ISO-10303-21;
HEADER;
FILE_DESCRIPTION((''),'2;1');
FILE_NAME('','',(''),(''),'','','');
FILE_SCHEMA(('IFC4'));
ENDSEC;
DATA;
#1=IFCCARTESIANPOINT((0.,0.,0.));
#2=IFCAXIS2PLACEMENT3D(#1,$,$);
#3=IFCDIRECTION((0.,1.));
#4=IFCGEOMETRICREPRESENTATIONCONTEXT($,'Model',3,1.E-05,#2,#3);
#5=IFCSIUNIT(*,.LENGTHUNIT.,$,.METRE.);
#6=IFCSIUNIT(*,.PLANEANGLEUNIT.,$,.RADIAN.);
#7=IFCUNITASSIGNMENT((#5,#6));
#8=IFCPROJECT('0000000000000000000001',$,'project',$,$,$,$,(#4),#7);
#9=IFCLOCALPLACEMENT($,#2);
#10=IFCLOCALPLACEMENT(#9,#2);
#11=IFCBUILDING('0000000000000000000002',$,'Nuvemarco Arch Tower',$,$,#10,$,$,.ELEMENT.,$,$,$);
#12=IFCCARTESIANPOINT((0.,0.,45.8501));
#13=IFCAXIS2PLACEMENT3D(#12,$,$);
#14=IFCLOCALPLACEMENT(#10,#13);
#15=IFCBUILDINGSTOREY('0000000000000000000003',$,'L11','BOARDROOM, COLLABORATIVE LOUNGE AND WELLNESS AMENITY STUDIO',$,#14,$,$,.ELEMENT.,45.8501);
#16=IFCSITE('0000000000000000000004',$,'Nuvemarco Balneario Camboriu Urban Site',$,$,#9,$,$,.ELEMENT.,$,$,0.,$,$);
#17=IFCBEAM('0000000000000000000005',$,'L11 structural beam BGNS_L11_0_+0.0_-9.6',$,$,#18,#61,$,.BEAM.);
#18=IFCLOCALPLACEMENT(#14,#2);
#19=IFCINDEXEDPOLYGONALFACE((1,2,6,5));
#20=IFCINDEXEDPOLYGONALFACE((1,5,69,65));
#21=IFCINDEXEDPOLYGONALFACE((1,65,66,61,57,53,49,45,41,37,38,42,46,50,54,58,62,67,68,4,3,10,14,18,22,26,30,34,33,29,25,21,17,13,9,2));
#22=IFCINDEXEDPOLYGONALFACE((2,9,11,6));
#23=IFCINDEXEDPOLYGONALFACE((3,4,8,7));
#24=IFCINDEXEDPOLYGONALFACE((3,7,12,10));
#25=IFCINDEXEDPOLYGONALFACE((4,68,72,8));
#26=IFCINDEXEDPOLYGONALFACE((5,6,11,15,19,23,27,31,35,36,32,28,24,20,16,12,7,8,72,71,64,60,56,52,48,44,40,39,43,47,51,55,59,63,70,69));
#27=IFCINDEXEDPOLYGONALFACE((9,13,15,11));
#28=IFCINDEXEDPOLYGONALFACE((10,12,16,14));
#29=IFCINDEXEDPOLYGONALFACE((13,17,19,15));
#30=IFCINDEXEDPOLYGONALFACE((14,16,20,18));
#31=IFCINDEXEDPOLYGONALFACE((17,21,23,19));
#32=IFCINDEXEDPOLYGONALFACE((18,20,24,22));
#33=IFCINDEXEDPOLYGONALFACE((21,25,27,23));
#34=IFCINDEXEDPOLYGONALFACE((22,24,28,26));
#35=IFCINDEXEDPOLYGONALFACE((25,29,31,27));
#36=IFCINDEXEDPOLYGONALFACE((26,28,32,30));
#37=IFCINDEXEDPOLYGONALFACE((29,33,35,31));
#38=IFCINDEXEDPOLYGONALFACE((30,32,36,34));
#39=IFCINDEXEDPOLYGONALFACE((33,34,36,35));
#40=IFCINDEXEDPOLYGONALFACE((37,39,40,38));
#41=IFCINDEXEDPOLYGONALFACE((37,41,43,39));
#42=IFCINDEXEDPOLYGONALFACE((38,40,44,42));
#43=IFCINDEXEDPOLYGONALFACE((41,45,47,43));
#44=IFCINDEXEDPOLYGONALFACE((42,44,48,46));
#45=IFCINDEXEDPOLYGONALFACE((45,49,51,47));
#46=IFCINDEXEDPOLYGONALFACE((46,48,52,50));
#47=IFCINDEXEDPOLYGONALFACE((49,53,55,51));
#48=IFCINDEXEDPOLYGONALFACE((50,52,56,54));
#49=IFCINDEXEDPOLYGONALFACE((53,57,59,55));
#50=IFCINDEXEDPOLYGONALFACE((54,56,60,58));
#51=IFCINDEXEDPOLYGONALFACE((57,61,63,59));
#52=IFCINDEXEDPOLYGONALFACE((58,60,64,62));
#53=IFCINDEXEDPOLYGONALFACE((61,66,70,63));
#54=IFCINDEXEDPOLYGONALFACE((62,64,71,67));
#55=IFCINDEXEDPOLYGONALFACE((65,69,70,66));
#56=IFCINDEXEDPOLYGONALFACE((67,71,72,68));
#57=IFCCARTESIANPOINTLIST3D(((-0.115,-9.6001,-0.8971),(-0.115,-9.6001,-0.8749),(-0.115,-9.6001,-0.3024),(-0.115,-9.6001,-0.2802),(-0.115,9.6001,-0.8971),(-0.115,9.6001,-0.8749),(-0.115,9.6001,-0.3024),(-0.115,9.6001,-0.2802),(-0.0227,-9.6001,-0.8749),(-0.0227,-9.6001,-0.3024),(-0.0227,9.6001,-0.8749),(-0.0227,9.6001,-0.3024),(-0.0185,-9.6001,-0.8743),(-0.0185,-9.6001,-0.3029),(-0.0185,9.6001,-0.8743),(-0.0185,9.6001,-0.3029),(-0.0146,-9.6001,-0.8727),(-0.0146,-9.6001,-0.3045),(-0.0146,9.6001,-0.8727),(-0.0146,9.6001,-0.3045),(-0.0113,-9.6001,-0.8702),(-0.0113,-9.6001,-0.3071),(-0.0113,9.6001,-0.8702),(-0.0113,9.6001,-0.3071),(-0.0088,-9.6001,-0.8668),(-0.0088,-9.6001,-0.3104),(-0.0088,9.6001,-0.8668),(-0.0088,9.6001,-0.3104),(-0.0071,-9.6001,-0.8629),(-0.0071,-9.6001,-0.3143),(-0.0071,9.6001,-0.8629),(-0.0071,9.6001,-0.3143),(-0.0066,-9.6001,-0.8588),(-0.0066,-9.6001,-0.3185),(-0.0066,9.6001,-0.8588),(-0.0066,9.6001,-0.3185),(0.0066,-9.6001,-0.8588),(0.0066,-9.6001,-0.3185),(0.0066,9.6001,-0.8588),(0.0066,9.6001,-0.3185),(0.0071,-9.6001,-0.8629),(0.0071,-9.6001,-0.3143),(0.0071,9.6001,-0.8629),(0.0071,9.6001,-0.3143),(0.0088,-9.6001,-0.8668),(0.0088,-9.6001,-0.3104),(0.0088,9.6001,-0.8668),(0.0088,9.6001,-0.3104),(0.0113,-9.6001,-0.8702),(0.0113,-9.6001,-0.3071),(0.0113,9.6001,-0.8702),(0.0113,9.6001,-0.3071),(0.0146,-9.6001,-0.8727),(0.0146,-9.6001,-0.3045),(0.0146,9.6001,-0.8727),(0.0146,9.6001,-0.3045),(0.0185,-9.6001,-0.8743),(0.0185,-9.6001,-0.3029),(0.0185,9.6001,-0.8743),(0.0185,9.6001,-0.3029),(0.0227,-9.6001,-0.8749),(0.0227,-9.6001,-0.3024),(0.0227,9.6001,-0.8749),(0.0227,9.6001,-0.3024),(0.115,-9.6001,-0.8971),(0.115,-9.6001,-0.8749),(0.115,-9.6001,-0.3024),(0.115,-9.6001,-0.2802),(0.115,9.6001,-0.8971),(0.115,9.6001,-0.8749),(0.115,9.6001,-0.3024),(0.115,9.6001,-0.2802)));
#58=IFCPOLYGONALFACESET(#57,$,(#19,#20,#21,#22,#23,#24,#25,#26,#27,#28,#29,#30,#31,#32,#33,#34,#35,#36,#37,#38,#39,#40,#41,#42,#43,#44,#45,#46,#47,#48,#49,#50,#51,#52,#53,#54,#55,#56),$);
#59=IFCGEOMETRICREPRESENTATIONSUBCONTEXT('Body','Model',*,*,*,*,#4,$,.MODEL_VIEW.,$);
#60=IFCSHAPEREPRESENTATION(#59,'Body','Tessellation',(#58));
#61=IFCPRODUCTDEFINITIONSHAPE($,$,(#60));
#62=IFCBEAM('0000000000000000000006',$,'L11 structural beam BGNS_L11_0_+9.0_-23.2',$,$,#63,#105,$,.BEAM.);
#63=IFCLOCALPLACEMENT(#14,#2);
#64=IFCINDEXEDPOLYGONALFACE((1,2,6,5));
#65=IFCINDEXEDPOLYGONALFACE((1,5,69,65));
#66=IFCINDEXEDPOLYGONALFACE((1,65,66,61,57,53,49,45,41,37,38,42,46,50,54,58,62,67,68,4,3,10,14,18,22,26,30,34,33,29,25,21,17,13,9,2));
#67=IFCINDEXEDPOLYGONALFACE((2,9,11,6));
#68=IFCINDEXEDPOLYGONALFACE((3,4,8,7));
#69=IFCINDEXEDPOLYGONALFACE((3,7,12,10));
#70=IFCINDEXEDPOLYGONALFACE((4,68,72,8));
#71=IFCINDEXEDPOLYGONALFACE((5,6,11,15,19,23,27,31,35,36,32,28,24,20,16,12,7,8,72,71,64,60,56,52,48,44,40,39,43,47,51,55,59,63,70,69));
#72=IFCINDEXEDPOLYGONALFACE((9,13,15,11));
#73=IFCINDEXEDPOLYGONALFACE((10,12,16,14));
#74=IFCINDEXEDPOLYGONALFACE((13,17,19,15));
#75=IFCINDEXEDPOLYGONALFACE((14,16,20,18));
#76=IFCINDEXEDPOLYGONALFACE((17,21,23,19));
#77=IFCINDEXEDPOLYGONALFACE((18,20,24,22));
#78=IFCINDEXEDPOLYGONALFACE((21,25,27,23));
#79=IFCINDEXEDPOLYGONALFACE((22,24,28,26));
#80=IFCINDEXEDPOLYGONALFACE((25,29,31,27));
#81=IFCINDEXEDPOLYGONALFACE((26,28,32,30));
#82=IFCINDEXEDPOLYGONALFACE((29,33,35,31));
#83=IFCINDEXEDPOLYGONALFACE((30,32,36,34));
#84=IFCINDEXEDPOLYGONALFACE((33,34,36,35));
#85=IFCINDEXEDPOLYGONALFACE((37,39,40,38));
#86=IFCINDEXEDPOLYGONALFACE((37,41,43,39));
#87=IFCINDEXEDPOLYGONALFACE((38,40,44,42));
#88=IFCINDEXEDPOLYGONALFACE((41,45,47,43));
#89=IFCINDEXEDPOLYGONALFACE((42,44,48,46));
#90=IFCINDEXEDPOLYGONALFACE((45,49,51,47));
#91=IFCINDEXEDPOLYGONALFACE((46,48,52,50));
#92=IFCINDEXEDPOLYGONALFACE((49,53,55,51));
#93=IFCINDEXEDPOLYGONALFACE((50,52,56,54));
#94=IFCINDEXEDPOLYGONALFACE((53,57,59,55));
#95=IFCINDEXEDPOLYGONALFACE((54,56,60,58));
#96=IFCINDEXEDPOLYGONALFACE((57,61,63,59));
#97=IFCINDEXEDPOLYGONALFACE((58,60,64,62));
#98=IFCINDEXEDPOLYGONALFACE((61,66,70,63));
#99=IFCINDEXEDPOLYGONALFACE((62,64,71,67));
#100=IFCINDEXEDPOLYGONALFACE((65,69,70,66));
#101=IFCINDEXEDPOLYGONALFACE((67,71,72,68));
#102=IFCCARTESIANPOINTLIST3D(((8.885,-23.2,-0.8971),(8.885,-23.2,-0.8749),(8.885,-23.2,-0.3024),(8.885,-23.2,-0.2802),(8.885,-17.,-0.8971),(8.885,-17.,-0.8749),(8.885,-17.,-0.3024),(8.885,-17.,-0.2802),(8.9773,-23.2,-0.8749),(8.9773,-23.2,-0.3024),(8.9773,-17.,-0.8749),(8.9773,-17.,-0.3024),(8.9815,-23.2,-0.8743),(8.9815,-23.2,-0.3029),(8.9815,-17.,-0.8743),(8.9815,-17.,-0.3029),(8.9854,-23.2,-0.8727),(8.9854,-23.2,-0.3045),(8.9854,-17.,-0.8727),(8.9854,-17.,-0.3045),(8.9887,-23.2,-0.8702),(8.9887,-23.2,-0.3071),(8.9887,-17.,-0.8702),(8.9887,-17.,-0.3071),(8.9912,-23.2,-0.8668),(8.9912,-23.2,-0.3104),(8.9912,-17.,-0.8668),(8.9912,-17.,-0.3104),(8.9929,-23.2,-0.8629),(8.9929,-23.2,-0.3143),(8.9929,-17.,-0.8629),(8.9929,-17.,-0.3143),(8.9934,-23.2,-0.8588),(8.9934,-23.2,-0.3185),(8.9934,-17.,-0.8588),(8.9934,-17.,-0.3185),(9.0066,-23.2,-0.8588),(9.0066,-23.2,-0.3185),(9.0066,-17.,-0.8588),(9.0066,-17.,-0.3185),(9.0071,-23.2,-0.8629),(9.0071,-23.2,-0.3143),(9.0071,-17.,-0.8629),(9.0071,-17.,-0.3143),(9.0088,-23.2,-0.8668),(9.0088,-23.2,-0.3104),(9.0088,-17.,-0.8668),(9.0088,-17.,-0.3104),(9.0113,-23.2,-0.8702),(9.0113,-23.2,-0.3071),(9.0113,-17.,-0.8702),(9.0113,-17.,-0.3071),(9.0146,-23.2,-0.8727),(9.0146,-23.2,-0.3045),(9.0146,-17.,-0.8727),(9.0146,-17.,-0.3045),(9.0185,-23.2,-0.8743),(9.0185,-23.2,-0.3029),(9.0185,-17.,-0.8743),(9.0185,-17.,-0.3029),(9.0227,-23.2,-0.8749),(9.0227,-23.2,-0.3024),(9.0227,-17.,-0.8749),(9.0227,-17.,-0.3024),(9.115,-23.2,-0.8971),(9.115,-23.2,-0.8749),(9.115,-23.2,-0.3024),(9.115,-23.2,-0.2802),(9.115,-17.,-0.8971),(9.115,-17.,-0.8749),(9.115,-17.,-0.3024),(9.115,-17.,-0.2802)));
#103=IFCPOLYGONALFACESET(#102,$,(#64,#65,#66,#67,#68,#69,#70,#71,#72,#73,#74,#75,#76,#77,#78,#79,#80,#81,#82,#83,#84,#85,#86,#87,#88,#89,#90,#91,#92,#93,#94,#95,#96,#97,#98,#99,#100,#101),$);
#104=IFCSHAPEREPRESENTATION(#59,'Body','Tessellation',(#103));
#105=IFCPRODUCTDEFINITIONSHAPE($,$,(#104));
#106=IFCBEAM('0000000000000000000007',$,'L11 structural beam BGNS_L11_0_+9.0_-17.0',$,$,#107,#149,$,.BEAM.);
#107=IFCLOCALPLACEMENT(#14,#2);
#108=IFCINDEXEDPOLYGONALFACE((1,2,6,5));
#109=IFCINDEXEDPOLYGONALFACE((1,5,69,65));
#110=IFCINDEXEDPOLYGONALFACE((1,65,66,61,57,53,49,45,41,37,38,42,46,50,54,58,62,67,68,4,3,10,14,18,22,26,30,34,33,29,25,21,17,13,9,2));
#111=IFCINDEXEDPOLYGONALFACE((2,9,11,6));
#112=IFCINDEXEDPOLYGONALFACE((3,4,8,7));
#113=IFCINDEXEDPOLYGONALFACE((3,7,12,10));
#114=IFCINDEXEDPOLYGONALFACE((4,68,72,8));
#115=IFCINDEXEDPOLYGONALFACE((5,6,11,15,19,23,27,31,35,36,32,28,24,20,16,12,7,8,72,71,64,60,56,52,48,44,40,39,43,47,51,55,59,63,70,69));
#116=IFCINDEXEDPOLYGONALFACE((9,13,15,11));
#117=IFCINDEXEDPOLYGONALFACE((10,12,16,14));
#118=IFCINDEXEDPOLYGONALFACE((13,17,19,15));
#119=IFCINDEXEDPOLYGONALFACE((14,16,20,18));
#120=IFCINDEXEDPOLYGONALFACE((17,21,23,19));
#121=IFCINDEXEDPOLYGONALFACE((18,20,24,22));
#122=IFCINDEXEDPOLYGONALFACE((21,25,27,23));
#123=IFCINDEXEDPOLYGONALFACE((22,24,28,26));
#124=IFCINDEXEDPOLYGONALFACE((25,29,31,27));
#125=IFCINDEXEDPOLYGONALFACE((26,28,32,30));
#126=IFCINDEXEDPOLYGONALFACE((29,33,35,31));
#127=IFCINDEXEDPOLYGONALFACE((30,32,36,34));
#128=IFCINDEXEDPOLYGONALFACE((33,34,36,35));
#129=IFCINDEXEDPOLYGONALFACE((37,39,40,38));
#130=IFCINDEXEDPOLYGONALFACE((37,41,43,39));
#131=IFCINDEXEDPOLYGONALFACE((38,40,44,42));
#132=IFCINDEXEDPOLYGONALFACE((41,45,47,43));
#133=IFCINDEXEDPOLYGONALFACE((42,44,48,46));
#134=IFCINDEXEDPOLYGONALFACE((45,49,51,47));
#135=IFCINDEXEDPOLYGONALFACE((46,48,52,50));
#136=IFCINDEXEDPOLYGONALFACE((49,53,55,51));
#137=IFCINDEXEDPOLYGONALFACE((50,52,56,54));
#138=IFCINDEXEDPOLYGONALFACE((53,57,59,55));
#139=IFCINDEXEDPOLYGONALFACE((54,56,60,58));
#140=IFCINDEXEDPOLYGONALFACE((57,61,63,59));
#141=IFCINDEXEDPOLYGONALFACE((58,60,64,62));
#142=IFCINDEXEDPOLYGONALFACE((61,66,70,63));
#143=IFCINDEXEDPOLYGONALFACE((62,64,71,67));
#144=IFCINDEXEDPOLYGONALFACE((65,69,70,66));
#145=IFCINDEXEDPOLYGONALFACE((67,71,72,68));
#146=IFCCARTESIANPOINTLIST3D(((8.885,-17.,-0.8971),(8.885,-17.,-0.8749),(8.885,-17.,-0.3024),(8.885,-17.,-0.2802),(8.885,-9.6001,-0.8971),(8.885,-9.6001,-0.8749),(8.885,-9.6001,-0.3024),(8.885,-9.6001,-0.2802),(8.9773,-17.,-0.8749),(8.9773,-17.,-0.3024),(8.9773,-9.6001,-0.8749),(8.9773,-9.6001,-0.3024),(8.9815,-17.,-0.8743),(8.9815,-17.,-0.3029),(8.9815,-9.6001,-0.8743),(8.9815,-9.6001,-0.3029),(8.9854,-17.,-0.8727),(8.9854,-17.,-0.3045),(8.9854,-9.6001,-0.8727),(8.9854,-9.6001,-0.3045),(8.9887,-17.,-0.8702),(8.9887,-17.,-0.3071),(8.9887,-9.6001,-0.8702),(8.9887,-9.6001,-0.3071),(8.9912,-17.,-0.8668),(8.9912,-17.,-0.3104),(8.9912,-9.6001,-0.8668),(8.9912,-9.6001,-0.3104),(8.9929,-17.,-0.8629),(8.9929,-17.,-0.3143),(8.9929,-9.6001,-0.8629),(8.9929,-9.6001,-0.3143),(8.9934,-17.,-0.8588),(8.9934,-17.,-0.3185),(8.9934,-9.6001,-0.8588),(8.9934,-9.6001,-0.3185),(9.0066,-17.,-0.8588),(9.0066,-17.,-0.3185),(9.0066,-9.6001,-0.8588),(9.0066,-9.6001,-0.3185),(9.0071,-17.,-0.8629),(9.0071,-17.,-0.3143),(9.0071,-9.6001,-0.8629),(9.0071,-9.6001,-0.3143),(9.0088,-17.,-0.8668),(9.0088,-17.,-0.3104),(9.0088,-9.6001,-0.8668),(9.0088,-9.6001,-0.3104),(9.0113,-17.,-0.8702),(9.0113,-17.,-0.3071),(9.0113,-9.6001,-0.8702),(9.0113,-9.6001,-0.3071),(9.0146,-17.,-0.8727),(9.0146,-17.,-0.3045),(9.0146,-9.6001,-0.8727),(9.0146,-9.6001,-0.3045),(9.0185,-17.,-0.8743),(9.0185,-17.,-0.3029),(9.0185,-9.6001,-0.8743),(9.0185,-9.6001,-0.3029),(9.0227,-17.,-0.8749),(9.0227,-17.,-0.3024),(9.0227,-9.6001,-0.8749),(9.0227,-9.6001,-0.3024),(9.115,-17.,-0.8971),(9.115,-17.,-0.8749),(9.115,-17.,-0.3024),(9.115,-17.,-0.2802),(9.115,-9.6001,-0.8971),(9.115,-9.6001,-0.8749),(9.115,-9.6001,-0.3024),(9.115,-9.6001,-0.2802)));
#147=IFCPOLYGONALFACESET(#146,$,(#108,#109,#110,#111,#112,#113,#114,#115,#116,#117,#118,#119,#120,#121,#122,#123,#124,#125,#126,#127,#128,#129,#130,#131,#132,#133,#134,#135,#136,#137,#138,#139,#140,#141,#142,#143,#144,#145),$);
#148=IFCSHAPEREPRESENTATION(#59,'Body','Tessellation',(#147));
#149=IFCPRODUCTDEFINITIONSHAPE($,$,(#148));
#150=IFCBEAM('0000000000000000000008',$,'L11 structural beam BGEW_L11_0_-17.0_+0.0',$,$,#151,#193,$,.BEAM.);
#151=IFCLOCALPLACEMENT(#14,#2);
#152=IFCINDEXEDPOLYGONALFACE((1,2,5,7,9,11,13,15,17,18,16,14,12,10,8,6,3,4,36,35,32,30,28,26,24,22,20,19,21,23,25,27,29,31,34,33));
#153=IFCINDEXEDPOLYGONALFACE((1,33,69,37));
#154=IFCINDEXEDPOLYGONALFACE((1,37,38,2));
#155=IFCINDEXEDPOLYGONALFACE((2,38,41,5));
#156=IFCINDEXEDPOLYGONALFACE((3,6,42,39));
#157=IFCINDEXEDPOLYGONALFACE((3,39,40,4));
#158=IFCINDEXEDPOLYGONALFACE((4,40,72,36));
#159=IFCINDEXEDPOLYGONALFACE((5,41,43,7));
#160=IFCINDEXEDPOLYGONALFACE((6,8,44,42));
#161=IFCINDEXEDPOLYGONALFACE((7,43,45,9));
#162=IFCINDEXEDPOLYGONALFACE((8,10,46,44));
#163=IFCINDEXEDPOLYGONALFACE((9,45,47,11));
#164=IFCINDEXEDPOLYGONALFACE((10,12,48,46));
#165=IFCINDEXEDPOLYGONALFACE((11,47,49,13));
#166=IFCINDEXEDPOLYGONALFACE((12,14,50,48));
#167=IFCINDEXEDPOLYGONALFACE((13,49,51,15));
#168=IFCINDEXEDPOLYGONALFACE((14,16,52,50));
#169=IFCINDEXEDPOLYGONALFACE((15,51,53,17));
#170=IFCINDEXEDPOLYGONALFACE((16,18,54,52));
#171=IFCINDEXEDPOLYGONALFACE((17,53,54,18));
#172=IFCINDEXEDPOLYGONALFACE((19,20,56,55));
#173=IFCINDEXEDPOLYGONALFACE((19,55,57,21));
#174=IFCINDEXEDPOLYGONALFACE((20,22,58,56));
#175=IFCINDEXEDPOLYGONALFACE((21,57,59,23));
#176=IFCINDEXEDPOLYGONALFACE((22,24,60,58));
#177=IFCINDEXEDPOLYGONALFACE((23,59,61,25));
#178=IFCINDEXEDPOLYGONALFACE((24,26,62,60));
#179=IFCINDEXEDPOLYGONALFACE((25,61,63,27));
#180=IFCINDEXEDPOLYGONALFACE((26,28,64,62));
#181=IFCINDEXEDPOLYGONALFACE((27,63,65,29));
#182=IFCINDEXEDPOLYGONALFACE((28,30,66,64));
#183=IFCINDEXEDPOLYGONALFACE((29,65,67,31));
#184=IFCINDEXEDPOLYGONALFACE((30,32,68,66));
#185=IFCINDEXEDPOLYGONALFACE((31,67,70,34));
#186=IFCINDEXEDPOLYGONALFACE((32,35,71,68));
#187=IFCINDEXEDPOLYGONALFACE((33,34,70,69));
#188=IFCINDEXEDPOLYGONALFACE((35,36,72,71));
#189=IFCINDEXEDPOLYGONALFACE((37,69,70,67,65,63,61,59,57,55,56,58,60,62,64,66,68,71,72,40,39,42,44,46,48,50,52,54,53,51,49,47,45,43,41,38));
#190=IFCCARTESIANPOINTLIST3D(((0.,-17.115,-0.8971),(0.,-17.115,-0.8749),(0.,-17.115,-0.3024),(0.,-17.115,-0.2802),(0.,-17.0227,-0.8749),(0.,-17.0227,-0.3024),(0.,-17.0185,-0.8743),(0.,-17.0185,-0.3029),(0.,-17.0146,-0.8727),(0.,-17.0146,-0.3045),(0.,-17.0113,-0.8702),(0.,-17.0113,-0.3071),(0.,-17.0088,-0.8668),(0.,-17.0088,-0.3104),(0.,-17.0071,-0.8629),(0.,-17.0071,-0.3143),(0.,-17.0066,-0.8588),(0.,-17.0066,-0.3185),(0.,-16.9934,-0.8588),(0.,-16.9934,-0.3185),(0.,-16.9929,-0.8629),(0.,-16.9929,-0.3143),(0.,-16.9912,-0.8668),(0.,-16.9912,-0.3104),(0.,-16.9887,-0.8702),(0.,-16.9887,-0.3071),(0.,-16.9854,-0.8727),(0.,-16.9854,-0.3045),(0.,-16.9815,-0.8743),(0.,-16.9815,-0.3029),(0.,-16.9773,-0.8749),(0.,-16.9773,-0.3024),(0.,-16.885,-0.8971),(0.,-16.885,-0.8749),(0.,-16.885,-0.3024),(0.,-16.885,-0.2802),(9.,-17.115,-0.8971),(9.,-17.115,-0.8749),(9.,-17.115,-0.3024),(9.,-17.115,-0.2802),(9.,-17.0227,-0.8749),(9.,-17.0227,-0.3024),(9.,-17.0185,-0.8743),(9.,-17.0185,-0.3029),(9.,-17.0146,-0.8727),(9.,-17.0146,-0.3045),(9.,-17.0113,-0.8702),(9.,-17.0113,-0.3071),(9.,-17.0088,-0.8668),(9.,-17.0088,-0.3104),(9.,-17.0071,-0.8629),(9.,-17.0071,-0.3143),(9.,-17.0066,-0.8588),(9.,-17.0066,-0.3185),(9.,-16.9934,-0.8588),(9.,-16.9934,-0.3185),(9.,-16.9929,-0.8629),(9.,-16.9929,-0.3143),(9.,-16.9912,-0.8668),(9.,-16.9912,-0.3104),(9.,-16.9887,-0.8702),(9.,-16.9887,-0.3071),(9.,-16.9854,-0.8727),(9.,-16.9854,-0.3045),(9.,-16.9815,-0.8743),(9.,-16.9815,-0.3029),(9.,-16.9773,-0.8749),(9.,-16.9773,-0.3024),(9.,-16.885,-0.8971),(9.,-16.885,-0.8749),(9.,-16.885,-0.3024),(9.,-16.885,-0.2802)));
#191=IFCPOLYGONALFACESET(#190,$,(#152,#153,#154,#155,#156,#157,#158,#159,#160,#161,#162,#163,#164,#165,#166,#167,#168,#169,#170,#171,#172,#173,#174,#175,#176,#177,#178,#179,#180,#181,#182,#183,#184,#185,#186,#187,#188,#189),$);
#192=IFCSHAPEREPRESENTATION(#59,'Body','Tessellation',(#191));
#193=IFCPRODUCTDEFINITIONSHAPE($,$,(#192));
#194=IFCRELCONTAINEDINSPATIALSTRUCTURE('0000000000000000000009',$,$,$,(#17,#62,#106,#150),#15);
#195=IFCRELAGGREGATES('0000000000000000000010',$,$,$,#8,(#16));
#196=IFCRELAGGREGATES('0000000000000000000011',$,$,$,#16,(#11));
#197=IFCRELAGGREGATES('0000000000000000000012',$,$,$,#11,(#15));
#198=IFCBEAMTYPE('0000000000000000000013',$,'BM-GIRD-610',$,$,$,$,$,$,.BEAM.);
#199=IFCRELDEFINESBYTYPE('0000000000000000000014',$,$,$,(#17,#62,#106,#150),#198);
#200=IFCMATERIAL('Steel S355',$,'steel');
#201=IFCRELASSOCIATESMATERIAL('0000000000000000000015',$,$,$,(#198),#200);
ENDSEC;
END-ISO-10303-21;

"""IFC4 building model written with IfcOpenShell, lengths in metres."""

from ifc_helpers import new_model, si_unit, direction, frame, origin, origin_2d, place, context, subcontext, project, spatial, i_section, extrude, material, material_profile, profile_set, type_object, element, save


model = new_model("IFC4")

# Units and contexts
model_context = context("Model", 3, precision=1e-05, world=origin(), true_north=direction((0.0, 1.0)))
body_context = subcontext(model_context, "Body", "Model", "MODEL_VIEW")
ifc_project = project(units=[si_unit("LENGTHUNIT", "METRE"), si_unit("PLANEANGLEUNIT", "RADIAN")], contexts=[model_context])

# Site, building, storey
site_placement = place(None, origin())
site = spatial("IfcSite", under=ifc_project, at=site_placement, Name="Nuvemarco Balneario Camboriu Urban Site", CompositionType="ELEMENT", RefElevation=0.0)
building_placement = place(site_placement, origin())
building = spatial("IfcBuilding", under=site, at=building_placement, Name="Nuvemarco Arch Tower", CompositionType="ELEMENT")
storey_placement = place(building_placement, frame((0.0, 0.0, 45.8501)))
storey = spatial("IfcBuildingStorey", under=building, at=storey_placement, Name="L11", Description="BOARDROOM, COLLABORATIVE LOUNGE AND WELLNESS AMENITY STUDIO", CompositionType="ELEMENT", Elevation=45.8501)

# Shared definitions
ifc_material_1 = material(Name="Steel S355", Category="steel")

# Beams
ifc_material_profile_1 = material_profile(ifc_material_1, i_section(OverallWidth=0.23, OverallDepth=0.6169, WebThickness=0.0132, FlangeThickness=0.0222, FilletRadius=0.0161, at=origin_2d()), Name="W610x140")
ifc_profile_set_1 = profile_set([ifc_material_profile_1], Name="Steel S355")
beam_type_1 = type_object("IfcBeamType", Name="BM-GIRD-610", PredefinedType="BEAM", material=ifc_profile_set_1)
beam_1_placement = place(storey_placement, frame((0.0, -9.6001, -0.5886), z_axis=(0.0, 1.0, 0.0), x_axis=(-1.0, 0.0, 0.0)))
element("IfcBeam", 1, at=beam_1_placement, inside=storey, type_object=beam_type_1, Name="L11 structural beam BGNS_L11_0_+0.0_-9.6", PredefinedType="BEAM", context=body_context, shape_type="SweptSolid", body=[
    extrude(i_section(OverallWidth=0.23, OverallDepth=0.6169, WebThickness=0.0132, FlangeThickness=0.0222, FilletRadius=0.0161, at=origin_2d()), origin(), (0.0, 0.0, 1.0), 19.2002),
])
beam_2_placement = place(storey_placement, frame((9.0, -23.2, -0.5886), z_axis=(0.0, 1.0, 0.0), x_axis=(-1.0, 0.0, 0.0)))
element("IfcBeam", 2, at=beam_2_placement, inside=storey, type_object=beam_type_1, Name="L11 structural beam BGNS_L11_0_+9.0_-23.2", PredefinedType="BEAM", context=body_context, shape_type="SweptSolid", body=[
    extrude(i_section(OverallWidth=0.23, OverallDepth=0.6169, WebThickness=0.0132, FlangeThickness=0.0222, FilletRadius=0.0161, at=origin_2d()), origin(), (0.0, 0.0, 1.0), 6.2),
])
beam_3_placement = place(storey_placement, frame((9.0, -17.0, -0.5886), z_axis=(0.0, 1.0, 0.0), x_axis=(-1.0, 0.0, 0.0)))
element("IfcBeam", 3, at=beam_3_placement, inside=storey, type_object=beam_type_1, Name="L11 structural beam BGNS_L11_0_+9.0_-17.0", PredefinedType="BEAM", context=body_context, shape_type="SweptSolid", body=[
    extrude(i_section(OverallWidth=0.23, OverallDepth=0.6169, WebThickness=0.0132, FlangeThickness=0.0222, FilletRadius=0.0161, at=origin_2d()), origin(), (0.0, 0.0, 1.0), 7.3999),
])
beam_4_placement = place(storey_placement, frame((0.0, -17.0, -0.5886), z_axis=(1.0, 0.0, 0.0), x_axis=(0.0, 1.0, 0.0)))
element("IfcBeam", 4, at=beam_4_placement, inside=storey, type_object=beam_type_1, Name="L11 structural beam BGEW_L11_0_-17.0_+0.0", PredefinedType="BEAM", context=body_context, shape_type="SweptSolid", body=[
    extrude(i_section(OverallWidth=0.23, OverallDepth=0.6169, WebThickness=0.0132, FlangeThickness=0.0222, FilletRadius=0.0161, at=origin_2d()), origin(), (0.0, 0.0, 1.0), 9.0),
])

save(model, "model.ifc")
